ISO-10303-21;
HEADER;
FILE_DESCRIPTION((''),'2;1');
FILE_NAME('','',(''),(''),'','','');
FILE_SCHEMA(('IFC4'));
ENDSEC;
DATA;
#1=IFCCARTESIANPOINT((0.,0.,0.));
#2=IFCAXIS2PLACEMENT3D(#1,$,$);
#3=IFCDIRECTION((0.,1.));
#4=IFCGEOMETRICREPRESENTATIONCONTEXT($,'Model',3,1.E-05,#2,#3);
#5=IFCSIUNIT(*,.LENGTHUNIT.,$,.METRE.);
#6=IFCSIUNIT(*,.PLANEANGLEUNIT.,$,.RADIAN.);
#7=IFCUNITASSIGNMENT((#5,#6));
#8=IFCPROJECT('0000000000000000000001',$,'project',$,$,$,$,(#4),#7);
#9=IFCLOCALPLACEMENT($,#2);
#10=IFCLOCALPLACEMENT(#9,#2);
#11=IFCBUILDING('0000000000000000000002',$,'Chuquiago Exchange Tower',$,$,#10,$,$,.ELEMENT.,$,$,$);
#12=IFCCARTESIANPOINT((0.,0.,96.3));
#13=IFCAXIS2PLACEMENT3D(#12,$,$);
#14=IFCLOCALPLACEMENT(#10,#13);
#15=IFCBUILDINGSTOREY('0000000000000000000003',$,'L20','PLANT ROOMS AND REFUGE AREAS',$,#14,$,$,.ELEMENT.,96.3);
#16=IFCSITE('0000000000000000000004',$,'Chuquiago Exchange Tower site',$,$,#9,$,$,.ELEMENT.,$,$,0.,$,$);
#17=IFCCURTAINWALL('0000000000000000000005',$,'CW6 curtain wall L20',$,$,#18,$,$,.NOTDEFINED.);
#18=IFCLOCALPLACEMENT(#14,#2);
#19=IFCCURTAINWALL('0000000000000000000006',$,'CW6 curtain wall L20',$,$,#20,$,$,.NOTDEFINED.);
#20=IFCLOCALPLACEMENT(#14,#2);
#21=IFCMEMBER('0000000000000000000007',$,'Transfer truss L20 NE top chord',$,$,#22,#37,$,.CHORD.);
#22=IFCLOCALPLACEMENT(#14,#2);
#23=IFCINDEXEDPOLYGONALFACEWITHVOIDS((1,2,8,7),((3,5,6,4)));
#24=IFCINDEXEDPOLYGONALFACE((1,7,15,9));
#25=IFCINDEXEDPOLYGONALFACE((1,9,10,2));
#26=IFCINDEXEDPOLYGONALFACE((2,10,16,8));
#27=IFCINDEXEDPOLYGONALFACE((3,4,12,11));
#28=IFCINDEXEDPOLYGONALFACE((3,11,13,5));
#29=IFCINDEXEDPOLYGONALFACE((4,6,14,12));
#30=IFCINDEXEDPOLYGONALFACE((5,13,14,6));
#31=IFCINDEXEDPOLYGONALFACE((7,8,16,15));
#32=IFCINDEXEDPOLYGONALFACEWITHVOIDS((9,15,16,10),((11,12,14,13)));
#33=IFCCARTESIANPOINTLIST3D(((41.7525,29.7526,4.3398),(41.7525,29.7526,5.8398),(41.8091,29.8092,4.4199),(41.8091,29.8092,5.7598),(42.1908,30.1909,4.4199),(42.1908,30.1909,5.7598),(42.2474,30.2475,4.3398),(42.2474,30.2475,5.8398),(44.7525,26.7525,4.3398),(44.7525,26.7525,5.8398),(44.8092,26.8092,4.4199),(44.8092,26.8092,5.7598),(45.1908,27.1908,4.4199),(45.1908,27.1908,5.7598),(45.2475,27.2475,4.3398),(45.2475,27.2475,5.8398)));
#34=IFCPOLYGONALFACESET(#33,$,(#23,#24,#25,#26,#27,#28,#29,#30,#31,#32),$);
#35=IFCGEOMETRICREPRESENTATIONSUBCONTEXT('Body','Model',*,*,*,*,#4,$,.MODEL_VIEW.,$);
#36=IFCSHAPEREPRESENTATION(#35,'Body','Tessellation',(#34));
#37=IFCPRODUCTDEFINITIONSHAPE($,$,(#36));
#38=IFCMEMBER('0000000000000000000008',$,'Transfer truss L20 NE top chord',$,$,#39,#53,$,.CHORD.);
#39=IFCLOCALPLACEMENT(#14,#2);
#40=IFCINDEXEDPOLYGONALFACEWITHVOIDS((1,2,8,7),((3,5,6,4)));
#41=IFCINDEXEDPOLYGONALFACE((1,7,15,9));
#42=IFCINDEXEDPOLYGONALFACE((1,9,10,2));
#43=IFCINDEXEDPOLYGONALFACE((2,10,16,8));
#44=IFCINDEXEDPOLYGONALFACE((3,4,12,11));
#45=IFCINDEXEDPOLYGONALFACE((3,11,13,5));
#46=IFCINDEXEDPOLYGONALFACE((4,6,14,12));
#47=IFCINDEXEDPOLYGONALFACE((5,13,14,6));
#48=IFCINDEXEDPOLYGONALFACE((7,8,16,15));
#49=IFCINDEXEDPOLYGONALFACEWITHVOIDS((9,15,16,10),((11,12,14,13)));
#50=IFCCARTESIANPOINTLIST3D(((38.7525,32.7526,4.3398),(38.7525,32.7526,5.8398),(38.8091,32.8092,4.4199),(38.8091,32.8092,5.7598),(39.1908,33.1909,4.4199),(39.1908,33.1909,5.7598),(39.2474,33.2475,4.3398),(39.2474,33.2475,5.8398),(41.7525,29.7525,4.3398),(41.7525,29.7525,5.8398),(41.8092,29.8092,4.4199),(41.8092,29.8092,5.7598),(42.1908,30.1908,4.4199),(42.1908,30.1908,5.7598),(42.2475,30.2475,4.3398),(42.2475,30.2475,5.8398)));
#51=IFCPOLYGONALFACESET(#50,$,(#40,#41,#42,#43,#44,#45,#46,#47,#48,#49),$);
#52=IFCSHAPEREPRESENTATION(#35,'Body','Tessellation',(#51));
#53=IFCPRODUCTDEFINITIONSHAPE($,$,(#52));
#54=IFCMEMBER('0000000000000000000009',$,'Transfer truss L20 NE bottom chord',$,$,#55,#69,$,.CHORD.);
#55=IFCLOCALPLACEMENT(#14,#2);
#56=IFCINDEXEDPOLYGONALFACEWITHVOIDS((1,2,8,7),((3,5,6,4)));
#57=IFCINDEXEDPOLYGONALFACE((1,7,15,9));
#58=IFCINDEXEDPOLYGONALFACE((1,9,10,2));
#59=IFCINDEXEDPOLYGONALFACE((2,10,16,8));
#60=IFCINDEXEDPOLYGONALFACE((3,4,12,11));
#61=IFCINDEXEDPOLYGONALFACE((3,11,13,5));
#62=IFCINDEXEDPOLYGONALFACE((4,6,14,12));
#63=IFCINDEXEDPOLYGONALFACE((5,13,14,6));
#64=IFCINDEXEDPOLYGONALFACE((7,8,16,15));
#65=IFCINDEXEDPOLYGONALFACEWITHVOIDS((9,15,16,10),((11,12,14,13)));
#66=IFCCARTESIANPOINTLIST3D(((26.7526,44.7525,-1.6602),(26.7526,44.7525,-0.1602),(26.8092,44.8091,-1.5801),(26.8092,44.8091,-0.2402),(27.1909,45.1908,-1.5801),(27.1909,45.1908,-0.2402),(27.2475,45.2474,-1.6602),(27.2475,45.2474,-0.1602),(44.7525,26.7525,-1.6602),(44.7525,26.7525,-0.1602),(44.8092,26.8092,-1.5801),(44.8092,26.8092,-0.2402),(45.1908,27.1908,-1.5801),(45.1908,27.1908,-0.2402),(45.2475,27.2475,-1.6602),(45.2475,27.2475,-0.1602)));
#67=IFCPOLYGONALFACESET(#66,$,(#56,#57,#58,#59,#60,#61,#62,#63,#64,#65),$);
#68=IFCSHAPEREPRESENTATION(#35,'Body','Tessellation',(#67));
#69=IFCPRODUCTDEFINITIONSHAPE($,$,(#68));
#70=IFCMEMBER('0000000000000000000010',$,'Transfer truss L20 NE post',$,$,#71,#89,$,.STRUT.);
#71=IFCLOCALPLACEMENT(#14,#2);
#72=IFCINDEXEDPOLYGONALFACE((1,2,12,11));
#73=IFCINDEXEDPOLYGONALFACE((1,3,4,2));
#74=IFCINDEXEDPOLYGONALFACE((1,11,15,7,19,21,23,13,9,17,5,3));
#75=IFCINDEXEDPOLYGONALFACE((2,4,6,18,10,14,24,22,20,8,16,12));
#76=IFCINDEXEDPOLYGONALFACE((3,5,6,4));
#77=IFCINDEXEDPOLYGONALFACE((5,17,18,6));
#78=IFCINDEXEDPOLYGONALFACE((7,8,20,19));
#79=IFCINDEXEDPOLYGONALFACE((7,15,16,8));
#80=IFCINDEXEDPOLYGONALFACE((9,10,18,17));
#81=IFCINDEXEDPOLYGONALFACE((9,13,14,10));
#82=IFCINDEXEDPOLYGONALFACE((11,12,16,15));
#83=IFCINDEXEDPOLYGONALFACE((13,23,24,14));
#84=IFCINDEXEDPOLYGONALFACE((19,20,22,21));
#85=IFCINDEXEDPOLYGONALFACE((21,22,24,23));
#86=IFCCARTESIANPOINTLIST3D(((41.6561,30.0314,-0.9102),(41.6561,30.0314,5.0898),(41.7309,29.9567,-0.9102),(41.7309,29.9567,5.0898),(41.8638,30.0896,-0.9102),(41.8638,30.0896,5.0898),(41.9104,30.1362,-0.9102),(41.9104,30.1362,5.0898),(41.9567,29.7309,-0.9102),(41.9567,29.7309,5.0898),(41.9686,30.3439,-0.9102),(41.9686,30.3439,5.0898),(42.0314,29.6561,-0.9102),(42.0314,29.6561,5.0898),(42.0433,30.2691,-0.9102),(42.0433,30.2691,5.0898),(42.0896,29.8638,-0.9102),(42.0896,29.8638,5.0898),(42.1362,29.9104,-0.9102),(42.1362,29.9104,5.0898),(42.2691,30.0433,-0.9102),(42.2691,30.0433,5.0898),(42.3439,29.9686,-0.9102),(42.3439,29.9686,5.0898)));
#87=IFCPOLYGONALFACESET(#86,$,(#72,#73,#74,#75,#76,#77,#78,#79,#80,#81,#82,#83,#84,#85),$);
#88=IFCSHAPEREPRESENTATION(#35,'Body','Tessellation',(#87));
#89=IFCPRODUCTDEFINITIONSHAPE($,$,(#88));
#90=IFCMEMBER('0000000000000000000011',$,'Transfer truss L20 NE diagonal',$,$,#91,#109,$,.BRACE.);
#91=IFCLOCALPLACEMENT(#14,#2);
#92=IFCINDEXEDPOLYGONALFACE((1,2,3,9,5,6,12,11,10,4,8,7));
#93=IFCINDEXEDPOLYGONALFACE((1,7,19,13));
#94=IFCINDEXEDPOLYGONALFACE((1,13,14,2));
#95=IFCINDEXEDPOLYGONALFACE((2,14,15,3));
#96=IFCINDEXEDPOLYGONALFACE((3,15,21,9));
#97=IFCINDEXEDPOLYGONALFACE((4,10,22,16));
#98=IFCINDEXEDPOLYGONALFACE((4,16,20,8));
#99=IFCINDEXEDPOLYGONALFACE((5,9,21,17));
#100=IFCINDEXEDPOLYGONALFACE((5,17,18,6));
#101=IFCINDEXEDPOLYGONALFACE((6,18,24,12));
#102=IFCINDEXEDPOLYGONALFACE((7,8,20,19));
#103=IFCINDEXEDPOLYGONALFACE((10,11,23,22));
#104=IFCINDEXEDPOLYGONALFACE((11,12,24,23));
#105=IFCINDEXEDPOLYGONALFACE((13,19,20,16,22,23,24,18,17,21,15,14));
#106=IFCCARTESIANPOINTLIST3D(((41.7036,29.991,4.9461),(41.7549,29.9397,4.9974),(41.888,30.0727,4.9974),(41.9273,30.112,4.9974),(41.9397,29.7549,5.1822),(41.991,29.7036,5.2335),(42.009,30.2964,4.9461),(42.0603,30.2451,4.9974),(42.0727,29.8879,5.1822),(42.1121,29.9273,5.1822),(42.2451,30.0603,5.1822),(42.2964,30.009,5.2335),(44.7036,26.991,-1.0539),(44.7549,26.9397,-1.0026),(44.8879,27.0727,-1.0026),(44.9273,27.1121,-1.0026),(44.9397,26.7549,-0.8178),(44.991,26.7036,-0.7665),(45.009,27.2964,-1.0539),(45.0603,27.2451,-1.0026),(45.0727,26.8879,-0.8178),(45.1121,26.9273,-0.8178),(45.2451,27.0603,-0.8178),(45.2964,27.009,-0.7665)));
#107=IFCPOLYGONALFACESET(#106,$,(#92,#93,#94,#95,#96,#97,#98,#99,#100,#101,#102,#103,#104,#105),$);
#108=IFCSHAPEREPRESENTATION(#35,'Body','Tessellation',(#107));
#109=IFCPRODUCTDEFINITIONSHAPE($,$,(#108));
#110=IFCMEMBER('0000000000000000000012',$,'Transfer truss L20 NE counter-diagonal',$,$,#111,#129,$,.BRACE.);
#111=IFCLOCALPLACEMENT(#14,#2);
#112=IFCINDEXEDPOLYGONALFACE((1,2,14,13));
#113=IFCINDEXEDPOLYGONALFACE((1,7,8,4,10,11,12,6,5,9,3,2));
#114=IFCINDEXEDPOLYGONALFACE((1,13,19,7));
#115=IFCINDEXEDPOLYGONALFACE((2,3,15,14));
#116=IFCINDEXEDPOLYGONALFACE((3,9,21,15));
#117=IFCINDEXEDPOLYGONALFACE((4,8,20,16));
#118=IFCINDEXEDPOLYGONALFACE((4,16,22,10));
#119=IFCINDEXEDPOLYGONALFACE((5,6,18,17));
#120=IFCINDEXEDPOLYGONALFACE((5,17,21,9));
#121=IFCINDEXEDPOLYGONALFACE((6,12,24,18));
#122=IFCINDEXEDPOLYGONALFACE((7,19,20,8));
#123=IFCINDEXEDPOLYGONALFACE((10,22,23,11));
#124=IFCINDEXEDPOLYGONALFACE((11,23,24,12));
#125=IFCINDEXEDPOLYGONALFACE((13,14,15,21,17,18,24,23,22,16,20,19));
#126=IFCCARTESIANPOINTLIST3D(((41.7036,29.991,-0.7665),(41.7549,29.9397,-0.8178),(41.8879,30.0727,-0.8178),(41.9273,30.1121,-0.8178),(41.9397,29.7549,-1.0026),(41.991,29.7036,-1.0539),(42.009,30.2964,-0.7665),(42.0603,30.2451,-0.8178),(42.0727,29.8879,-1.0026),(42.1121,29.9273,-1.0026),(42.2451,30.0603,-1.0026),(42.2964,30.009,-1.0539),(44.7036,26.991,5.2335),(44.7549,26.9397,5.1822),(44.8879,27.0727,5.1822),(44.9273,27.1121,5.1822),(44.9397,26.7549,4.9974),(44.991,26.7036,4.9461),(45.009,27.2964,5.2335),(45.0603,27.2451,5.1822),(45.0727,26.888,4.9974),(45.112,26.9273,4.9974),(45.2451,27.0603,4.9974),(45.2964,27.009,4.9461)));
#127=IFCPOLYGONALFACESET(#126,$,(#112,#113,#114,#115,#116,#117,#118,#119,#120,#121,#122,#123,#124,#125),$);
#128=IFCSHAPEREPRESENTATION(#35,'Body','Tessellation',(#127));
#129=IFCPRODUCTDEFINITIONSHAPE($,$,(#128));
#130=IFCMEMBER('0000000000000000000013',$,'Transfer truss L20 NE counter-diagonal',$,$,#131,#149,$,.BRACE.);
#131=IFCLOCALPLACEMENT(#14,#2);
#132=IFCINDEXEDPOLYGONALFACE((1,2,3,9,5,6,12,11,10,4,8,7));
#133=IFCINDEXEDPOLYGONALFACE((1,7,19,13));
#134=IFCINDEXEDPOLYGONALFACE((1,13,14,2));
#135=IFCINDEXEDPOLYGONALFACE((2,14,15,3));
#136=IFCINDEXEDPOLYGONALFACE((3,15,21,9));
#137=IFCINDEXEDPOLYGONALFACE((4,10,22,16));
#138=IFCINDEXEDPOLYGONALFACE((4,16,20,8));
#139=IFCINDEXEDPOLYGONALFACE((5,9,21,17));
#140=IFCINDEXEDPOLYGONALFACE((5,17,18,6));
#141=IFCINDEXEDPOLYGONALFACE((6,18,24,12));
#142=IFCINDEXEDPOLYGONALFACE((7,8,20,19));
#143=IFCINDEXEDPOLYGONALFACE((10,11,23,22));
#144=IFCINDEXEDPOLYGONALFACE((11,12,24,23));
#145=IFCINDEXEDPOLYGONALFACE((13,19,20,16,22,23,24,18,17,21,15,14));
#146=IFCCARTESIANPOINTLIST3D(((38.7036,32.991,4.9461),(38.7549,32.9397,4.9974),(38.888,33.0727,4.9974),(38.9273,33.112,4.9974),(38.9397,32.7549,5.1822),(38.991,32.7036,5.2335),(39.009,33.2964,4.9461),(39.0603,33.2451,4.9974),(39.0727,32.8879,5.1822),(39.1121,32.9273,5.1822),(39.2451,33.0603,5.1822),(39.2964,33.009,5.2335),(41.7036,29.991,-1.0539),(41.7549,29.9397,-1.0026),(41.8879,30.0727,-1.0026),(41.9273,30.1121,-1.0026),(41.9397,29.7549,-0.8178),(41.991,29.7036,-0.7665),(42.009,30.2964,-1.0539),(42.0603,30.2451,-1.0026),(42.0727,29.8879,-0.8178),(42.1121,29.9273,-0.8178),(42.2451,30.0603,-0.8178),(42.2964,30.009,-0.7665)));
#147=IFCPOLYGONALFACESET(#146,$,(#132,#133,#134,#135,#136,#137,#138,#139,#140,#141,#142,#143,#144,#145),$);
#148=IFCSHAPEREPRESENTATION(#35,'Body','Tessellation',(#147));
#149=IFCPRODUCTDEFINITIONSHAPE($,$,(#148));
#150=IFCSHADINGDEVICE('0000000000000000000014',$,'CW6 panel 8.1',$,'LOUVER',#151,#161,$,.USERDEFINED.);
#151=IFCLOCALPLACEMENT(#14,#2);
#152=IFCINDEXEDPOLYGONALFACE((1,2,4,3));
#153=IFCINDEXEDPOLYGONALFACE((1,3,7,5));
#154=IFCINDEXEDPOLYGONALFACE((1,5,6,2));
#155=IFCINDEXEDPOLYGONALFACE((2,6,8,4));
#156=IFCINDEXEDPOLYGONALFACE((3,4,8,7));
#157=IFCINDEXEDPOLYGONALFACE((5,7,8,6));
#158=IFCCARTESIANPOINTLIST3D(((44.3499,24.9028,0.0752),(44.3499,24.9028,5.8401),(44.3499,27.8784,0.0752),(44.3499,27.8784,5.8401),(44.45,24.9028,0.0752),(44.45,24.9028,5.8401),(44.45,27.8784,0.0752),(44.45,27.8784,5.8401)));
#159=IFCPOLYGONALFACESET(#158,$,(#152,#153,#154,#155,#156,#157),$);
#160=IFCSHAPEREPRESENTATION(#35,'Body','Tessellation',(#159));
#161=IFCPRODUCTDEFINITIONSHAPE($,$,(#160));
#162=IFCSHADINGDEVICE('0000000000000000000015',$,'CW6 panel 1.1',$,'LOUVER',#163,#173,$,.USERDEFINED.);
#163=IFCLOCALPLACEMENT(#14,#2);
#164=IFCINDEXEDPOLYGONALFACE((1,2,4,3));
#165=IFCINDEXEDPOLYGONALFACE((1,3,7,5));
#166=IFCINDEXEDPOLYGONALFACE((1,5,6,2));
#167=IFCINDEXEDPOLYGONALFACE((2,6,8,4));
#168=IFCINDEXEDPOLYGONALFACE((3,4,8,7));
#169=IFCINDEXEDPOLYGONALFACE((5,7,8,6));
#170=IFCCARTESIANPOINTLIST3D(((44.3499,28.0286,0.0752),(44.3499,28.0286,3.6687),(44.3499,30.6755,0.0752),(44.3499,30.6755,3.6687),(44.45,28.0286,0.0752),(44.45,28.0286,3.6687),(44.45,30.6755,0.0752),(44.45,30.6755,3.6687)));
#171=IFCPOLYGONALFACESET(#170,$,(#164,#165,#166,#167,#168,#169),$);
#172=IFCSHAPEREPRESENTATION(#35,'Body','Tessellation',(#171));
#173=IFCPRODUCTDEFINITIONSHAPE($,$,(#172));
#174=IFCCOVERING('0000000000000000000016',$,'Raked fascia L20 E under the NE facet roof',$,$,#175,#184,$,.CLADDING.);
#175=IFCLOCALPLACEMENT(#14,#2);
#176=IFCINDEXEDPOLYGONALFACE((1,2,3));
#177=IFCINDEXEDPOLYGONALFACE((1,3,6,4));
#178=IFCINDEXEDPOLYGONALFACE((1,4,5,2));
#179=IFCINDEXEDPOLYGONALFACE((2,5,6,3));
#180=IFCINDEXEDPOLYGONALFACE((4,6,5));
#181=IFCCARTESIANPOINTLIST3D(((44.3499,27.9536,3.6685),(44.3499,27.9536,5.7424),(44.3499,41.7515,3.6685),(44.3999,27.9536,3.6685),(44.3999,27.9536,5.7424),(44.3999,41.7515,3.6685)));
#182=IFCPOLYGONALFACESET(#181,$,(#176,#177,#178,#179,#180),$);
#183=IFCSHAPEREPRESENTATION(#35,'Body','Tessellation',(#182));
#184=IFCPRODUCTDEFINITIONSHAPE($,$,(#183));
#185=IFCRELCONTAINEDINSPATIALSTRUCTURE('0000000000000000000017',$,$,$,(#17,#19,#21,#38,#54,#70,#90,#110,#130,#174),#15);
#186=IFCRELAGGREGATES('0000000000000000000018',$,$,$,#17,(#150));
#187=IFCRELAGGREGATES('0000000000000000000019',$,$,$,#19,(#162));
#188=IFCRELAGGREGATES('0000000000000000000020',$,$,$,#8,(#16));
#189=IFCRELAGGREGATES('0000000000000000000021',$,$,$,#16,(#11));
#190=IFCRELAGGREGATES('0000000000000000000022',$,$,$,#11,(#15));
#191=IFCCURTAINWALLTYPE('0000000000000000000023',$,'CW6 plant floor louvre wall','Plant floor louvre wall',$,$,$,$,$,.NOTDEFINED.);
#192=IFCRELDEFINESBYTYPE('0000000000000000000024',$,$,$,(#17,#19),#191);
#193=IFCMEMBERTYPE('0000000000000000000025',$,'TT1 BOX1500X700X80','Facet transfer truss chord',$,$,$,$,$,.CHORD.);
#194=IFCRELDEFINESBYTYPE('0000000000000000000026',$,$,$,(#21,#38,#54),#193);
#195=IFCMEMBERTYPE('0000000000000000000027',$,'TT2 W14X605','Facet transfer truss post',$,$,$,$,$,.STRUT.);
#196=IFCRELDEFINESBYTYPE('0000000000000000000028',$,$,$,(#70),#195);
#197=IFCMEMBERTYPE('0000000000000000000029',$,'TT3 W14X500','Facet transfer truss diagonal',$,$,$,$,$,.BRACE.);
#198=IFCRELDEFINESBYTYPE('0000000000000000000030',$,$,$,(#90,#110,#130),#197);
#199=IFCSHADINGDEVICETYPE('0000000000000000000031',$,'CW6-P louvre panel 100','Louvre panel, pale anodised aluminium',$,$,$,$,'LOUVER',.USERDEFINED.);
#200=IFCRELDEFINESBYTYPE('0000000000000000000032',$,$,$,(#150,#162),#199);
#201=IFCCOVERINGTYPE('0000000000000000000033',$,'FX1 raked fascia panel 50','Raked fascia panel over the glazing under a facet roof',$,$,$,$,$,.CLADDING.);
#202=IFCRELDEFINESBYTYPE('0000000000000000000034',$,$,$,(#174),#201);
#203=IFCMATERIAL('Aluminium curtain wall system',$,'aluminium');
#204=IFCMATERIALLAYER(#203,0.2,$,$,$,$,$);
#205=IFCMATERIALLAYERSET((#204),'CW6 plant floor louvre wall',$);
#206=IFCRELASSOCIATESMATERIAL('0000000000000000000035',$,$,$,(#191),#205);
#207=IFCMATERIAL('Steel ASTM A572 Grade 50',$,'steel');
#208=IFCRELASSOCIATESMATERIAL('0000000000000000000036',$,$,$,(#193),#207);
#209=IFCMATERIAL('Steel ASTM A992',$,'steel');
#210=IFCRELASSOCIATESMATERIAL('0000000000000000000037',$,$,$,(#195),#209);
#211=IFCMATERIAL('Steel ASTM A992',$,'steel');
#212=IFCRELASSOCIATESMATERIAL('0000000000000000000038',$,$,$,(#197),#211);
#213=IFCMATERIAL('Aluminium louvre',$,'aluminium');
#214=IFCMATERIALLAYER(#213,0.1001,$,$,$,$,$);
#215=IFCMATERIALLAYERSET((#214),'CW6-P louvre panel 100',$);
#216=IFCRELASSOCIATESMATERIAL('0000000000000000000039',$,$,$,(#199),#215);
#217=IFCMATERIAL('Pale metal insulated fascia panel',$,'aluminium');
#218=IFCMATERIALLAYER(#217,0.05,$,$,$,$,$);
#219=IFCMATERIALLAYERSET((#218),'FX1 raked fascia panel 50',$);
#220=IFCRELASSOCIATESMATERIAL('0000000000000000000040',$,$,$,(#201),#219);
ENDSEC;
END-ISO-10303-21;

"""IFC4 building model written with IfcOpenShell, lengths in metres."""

from ifc_helpers import new_model, si_unit, direction, frame, origin, origin_2d, place, context, subcontext, project, spatial, polyline, rectangle, hollow_rectangle, i_section, outline, extrude, material, layer, layer_set, material_profile, profile_set, type_object, element, aggregate, save


model = new_model("IFC4")

# Units and contexts
model_context = context("Model", 3, precision=1e-05, world=origin(), true_north=direction((0.0, 1.0)))
body_context = subcontext(model_context, "Body", "Model", "MODEL_VIEW")
ifc_project = project(units=[si_unit("LENGTHUNIT", "METRE"), si_unit("PLANEANGLEUNIT", "RADIAN")], contexts=[model_context])

# Site, building, storey
site_placement = place(None, origin())
site = spatial("IfcSite", under=ifc_project, at=site_placement, Name="Chuquiago Exchange Tower site", CompositionType="ELEMENT", RefElevation=0.0)
building_placement = place(site_placement, origin())
building = spatial("IfcBuilding", under=site, at=building_placement, Name="Chuquiago Exchange Tower", CompositionType="ELEMENT")
storey_placement = place(building_placement, frame((0.0, 0.0, 96.3)))
storey = spatial("IfcBuildingStorey", under=building, at=storey_placement, Name="L20", Description="PLANT ROOMS AND REFUGE AREAS", CompositionType="ELEMENT", Elevation=96.3)

# Curtain wall
ifc_material_1 = material(Name="Aluminium curtain wall system", Category="aluminium")
ifc_layer_1 = layer(ifc_material_1, 0.2)
ifc_layer_set_1 = layer_set([ifc_layer_1], Name="CW6 plant floor louvre wall")
curtain_wall_type = type_object("IfcCurtainWallType", Name="CW6 plant floor louvre wall", Description="Plant floor louvre wall", PredefinedType="NOTDEFINED", material=ifc_layer_set_1)
curtain_wall_1_placement = place(storey_placement, origin())
curtain_wall_1 = element("IfcCurtainWall", 1, at=curtain_wall_1_placement, inside=storey, type_object=curtain_wall_type, Name="CW6 curtain wall L20", PredefinedType="NOTDEFINED")

# Curtain wall
curtain_wall_2_placement = place(storey_placement, origin())
curtain_wall_2 = element("IfcCurtainWall", 2, at=curtain_wall_2_placement, inside=storey, type_object=curtain_wall_type, Name="CW6 curtain wall L20", PredefinedType="NOTDEFINED")

# Members
ifc_material_2 = material(Name="Steel ASTM A572 Grade 50", Category="steel")
ifc_material_profile_1 = material_profile(ifc_material_2, hollow_rectangle(XDim=0.7, YDim=1.5, WallThickness=0.0801, at=origin_2d()), Name="BOX1500X700X80")
ifc_profile_set_1 = profile_set([ifc_material_profile_1], Name="Steel ASTM A572 Grade 50")
member_type_1 = type_object("IfcMemberType", Name="TT1 BOX1500X700X80", Description="Facet transfer truss chord", PredefinedType="CHORD", material=ifc_profile_set_1)
for number, where, z_axis, x_axis, name in (
    (3, (45.0, 27.0, 5.0898), (-0.707107, 0.707107, 0.0), (-0.707107, -0.707107, 0.0), "Transfer truss L20 NE top chord"),
    (4, (42.0, 30.0, 5.0898), (-0.707107, 0.707107, 0.0), (-0.707107, -0.707107, 0.0), "Transfer truss L20 NE top chord"),
):
    element("IfcMember", number, at=place(storey_placement, frame(where, z_axis=z_axis, x_axis=x_axis)), inside=storey, type_object=member_type_1, Name=name, PredefinedType="CHORD", context=body_context, shape_type="SweptSolid", body=[
        extrude(hollow_rectangle(XDim=0.7, YDim=1.5, WallThickness=0.0801, at=origin_2d()), origin(), (0.0, 0.0, 1.0), 4.2427),
    ])
member_1_placement = place(storey_placement, frame((45.0, 27.0, -0.9102), z_axis=(-0.707107, 0.707107, 0.0), x_axis=(-0.707107, -0.707107, 0.0)))
element("IfcMember", 5, at=member_1_placement, inside=storey, type_object=member_type_1, Name="Transfer truss L20 NE bottom chord", PredefinedType="CHORD", context=body_context, shape_type="SweptSolid", body=[
    extrude(hollow_rectangle(XDim=0.7, YDim=1.5, WallThickness=0.0801, at=origin_2d()), origin(), (0.0, 0.0, 1.0), 25.4558),
])
ifc_material_3 = material(Name="Steel ASTM A992", Category="steel")
ifc_material_profile_2 = material_profile(ifc_material_3, i_section(OverallWidth=0.4419, OverallDepth=0.5308, WebThickness=0.0659, FlangeThickness=0.1057, at=origin_2d()), Name="W14X605")
ifc_profile_set_2 = profile_set([ifc_material_profile_2], Name="Steel ASTM A992")
member_type_2 = type_object("IfcMemberType", Name="TT2 W14X605", Description="Facet transfer truss post", PredefinedType="STRUT", material=ifc_profile_set_2)
member_2_placement = place(storey_placement, frame((42.0, 30.0, -0.9102), z_axis=(0.0, 0.0, 1.0), x_axis=(0.707107, 0.707107, 0.0)))
element("IfcMember", 6, at=member_2_placement, inside=storey, type_object=member_type_2, Name="Transfer truss L20 NE post", PredefinedType="STRUT", context=body_context, shape_type="SweptSolid", body=[
    extrude(i_section(OverallWidth=0.4419, OverallDepth=0.5308, WebThickness=0.0659, FlangeThickness=0.1057, at=origin_2d()), origin(), (0.0, 0.0, 1.0), 6.0),
])
ifc_material_4 = material(Name="Steel ASTM A992", Category="steel")
ifc_material_profile_3 = material_profile(ifc_material_4, i_section(OverallWidth=0.4319, OverallDepth=0.4978, WebThickness=0.0557, FlangeThickness=0.0889, at=origin_2d()), Name="W14X500")
ifc_profile_set_3 = profile_set([ifc_material_profile_3], Name="Steel ASTM A992")
member_type_3 = type_object("IfcMemberType", Name="TT3 W14X500", Description="Facet transfer truss diagonal", PredefinedType="BRACE", material=ifc_profile_set_3)
for number, where, z_axis, x_axis, name in (
    (7, (45.0, 27.0, -0.9102), (-0.408248, 0.408248, 0.816497), (-0.707107, -0.707107, 0.0), "Transfer truss L20 NE diagonal"),
    (8, (42.0, 30.0, -0.9102), (0.408248, -0.408248, 0.816497), (0.707107, 0.707107, 0.0), "Transfer truss L20 NE counter-diagonal"),
    (9, (42.0, 30.0, -0.9102), (-0.408248, 0.408248, 0.816497), (-0.707107, -0.707107, 0.0), "Transfer truss L20 NE counter-diagonal"),
):
    element("IfcMember", number, at=place(storey_placement, frame(where, z_axis=z_axis, x_axis=x_axis)), inside=storey, type_object=member_type_3, Name=name, PredefinedType="BRACE", context=body_context, shape_type="SweptSolid", body=[
        extrude(i_section(OverallWidth=0.4319, OverallDepth=0.4978, WebThickness=0.0557, FlangeThickness=0.0889, at=origin_2d()), origin(), (0.0, 0.0, 1.0), 7.3484),
    ])

# Shading devices
ifc_material_5 = material(Name="Aluminium louvre", Category="aluminium")
ifc_layer_2 = layer(ifc_material_5, 0.1001)
ifc_layer_set_2 = layer_set([ifc_layer_2], Name="CW6-P louvre panel 100")
shading_device_type = type_object("IfcShadingDeviceType", Name="CW6-P louvre panel 100", Description="Louvre panel, pale anodised aluminium", ElementType="LOUVER", PredefinedType="USERDEFINED", material=ifc_layer_set_2)
shading_device_1_placement = place(storey_placement, frame((44.3999, 26.3906, 0.0752), z_axis=(0.0, 0.0, 1.0), x_axis=(0.0, 1.0, 0.0)))
shading_device_1 = element("IfcShadingDevice", 10, at=shading_device_1_placement, type_object=shading_device_type, Name="CW6 panel 8.1", ObjectType="LOUVER", PredefinedType="USERDEFINED", context=body_context, shape_type="SweptSolid", body=[
    extrude(rectangle(XDim=2.9756, YDim=0.1001, at=origin_2d()), origin(), (0.0, 0.0, 1.0), 5.7649),
])
aggregate(curtain_wall_1, [shading_device_1])
shading_device_2_placement = place(storey_placement, frame((44.3999, 29.3521, 0.0752), z_axis=(0.0, 0.0, 1.0), x_axis=(0.0, 1.0, 0.0)))
shading_device_2 = element("IfcShadingDevice", 11, at=shading_device_2_placement, type_object=shading_device_type, Name="CW6 panel 1.1", ObjectType="LOUVER", PredefinedType="USERDEFINED", context=body_context, shape_type="SweptSolid", body=[
    extrude(rectangle(XDim=2.647, YDim=0.1001, at=origin_2d()), origin(), (0.0, 0.0, 1.0), 3.5935),
])
aggregate(curtain_wall_2, [shading_device_2])

# Covering
ifc_material_6 = material(Name="Pale metal insulated fascia panel", Category="aluminium")
ifc_layer_3 = layer(ifc_material_6, 0.05)
ifc_layer_set_3 = layer_set([ifc_layer_3], Name="FX1 raked fascia panel 50")
covering_type_1 = type_object("IfcCoveringType", Name="FX1 raked fascia panel 50", Description="Raked fascia panel over the glazing under a facet roof", PredefinedType="CLADDING", material=ifc_layer_set_3)
covering_1_placement = place(storey_placement, frame((44.3999, 27.9536, 3.6685), z_axis=(1.0, 0.0, 0.0), x_axis=(0.0, 1.0, 0.0)))
element("IfcCovering", 12, at=covering_1_placement, inside=storey, type_object=covering_type_1, Name="Raked fascia L20 E under the NE facet roof", PredefinedType="CLADDING", context=body_context, shape_type="SweptSolid", body=[
    extrude(outline(polyline([(0.0, 0.0), (13.7979, 0.0), (0.0, 2.074), (0.0, 0.0)])), origin(), (0.0, 0.0, -1.0), 0.05),
])

save(model, "model.ifc")
